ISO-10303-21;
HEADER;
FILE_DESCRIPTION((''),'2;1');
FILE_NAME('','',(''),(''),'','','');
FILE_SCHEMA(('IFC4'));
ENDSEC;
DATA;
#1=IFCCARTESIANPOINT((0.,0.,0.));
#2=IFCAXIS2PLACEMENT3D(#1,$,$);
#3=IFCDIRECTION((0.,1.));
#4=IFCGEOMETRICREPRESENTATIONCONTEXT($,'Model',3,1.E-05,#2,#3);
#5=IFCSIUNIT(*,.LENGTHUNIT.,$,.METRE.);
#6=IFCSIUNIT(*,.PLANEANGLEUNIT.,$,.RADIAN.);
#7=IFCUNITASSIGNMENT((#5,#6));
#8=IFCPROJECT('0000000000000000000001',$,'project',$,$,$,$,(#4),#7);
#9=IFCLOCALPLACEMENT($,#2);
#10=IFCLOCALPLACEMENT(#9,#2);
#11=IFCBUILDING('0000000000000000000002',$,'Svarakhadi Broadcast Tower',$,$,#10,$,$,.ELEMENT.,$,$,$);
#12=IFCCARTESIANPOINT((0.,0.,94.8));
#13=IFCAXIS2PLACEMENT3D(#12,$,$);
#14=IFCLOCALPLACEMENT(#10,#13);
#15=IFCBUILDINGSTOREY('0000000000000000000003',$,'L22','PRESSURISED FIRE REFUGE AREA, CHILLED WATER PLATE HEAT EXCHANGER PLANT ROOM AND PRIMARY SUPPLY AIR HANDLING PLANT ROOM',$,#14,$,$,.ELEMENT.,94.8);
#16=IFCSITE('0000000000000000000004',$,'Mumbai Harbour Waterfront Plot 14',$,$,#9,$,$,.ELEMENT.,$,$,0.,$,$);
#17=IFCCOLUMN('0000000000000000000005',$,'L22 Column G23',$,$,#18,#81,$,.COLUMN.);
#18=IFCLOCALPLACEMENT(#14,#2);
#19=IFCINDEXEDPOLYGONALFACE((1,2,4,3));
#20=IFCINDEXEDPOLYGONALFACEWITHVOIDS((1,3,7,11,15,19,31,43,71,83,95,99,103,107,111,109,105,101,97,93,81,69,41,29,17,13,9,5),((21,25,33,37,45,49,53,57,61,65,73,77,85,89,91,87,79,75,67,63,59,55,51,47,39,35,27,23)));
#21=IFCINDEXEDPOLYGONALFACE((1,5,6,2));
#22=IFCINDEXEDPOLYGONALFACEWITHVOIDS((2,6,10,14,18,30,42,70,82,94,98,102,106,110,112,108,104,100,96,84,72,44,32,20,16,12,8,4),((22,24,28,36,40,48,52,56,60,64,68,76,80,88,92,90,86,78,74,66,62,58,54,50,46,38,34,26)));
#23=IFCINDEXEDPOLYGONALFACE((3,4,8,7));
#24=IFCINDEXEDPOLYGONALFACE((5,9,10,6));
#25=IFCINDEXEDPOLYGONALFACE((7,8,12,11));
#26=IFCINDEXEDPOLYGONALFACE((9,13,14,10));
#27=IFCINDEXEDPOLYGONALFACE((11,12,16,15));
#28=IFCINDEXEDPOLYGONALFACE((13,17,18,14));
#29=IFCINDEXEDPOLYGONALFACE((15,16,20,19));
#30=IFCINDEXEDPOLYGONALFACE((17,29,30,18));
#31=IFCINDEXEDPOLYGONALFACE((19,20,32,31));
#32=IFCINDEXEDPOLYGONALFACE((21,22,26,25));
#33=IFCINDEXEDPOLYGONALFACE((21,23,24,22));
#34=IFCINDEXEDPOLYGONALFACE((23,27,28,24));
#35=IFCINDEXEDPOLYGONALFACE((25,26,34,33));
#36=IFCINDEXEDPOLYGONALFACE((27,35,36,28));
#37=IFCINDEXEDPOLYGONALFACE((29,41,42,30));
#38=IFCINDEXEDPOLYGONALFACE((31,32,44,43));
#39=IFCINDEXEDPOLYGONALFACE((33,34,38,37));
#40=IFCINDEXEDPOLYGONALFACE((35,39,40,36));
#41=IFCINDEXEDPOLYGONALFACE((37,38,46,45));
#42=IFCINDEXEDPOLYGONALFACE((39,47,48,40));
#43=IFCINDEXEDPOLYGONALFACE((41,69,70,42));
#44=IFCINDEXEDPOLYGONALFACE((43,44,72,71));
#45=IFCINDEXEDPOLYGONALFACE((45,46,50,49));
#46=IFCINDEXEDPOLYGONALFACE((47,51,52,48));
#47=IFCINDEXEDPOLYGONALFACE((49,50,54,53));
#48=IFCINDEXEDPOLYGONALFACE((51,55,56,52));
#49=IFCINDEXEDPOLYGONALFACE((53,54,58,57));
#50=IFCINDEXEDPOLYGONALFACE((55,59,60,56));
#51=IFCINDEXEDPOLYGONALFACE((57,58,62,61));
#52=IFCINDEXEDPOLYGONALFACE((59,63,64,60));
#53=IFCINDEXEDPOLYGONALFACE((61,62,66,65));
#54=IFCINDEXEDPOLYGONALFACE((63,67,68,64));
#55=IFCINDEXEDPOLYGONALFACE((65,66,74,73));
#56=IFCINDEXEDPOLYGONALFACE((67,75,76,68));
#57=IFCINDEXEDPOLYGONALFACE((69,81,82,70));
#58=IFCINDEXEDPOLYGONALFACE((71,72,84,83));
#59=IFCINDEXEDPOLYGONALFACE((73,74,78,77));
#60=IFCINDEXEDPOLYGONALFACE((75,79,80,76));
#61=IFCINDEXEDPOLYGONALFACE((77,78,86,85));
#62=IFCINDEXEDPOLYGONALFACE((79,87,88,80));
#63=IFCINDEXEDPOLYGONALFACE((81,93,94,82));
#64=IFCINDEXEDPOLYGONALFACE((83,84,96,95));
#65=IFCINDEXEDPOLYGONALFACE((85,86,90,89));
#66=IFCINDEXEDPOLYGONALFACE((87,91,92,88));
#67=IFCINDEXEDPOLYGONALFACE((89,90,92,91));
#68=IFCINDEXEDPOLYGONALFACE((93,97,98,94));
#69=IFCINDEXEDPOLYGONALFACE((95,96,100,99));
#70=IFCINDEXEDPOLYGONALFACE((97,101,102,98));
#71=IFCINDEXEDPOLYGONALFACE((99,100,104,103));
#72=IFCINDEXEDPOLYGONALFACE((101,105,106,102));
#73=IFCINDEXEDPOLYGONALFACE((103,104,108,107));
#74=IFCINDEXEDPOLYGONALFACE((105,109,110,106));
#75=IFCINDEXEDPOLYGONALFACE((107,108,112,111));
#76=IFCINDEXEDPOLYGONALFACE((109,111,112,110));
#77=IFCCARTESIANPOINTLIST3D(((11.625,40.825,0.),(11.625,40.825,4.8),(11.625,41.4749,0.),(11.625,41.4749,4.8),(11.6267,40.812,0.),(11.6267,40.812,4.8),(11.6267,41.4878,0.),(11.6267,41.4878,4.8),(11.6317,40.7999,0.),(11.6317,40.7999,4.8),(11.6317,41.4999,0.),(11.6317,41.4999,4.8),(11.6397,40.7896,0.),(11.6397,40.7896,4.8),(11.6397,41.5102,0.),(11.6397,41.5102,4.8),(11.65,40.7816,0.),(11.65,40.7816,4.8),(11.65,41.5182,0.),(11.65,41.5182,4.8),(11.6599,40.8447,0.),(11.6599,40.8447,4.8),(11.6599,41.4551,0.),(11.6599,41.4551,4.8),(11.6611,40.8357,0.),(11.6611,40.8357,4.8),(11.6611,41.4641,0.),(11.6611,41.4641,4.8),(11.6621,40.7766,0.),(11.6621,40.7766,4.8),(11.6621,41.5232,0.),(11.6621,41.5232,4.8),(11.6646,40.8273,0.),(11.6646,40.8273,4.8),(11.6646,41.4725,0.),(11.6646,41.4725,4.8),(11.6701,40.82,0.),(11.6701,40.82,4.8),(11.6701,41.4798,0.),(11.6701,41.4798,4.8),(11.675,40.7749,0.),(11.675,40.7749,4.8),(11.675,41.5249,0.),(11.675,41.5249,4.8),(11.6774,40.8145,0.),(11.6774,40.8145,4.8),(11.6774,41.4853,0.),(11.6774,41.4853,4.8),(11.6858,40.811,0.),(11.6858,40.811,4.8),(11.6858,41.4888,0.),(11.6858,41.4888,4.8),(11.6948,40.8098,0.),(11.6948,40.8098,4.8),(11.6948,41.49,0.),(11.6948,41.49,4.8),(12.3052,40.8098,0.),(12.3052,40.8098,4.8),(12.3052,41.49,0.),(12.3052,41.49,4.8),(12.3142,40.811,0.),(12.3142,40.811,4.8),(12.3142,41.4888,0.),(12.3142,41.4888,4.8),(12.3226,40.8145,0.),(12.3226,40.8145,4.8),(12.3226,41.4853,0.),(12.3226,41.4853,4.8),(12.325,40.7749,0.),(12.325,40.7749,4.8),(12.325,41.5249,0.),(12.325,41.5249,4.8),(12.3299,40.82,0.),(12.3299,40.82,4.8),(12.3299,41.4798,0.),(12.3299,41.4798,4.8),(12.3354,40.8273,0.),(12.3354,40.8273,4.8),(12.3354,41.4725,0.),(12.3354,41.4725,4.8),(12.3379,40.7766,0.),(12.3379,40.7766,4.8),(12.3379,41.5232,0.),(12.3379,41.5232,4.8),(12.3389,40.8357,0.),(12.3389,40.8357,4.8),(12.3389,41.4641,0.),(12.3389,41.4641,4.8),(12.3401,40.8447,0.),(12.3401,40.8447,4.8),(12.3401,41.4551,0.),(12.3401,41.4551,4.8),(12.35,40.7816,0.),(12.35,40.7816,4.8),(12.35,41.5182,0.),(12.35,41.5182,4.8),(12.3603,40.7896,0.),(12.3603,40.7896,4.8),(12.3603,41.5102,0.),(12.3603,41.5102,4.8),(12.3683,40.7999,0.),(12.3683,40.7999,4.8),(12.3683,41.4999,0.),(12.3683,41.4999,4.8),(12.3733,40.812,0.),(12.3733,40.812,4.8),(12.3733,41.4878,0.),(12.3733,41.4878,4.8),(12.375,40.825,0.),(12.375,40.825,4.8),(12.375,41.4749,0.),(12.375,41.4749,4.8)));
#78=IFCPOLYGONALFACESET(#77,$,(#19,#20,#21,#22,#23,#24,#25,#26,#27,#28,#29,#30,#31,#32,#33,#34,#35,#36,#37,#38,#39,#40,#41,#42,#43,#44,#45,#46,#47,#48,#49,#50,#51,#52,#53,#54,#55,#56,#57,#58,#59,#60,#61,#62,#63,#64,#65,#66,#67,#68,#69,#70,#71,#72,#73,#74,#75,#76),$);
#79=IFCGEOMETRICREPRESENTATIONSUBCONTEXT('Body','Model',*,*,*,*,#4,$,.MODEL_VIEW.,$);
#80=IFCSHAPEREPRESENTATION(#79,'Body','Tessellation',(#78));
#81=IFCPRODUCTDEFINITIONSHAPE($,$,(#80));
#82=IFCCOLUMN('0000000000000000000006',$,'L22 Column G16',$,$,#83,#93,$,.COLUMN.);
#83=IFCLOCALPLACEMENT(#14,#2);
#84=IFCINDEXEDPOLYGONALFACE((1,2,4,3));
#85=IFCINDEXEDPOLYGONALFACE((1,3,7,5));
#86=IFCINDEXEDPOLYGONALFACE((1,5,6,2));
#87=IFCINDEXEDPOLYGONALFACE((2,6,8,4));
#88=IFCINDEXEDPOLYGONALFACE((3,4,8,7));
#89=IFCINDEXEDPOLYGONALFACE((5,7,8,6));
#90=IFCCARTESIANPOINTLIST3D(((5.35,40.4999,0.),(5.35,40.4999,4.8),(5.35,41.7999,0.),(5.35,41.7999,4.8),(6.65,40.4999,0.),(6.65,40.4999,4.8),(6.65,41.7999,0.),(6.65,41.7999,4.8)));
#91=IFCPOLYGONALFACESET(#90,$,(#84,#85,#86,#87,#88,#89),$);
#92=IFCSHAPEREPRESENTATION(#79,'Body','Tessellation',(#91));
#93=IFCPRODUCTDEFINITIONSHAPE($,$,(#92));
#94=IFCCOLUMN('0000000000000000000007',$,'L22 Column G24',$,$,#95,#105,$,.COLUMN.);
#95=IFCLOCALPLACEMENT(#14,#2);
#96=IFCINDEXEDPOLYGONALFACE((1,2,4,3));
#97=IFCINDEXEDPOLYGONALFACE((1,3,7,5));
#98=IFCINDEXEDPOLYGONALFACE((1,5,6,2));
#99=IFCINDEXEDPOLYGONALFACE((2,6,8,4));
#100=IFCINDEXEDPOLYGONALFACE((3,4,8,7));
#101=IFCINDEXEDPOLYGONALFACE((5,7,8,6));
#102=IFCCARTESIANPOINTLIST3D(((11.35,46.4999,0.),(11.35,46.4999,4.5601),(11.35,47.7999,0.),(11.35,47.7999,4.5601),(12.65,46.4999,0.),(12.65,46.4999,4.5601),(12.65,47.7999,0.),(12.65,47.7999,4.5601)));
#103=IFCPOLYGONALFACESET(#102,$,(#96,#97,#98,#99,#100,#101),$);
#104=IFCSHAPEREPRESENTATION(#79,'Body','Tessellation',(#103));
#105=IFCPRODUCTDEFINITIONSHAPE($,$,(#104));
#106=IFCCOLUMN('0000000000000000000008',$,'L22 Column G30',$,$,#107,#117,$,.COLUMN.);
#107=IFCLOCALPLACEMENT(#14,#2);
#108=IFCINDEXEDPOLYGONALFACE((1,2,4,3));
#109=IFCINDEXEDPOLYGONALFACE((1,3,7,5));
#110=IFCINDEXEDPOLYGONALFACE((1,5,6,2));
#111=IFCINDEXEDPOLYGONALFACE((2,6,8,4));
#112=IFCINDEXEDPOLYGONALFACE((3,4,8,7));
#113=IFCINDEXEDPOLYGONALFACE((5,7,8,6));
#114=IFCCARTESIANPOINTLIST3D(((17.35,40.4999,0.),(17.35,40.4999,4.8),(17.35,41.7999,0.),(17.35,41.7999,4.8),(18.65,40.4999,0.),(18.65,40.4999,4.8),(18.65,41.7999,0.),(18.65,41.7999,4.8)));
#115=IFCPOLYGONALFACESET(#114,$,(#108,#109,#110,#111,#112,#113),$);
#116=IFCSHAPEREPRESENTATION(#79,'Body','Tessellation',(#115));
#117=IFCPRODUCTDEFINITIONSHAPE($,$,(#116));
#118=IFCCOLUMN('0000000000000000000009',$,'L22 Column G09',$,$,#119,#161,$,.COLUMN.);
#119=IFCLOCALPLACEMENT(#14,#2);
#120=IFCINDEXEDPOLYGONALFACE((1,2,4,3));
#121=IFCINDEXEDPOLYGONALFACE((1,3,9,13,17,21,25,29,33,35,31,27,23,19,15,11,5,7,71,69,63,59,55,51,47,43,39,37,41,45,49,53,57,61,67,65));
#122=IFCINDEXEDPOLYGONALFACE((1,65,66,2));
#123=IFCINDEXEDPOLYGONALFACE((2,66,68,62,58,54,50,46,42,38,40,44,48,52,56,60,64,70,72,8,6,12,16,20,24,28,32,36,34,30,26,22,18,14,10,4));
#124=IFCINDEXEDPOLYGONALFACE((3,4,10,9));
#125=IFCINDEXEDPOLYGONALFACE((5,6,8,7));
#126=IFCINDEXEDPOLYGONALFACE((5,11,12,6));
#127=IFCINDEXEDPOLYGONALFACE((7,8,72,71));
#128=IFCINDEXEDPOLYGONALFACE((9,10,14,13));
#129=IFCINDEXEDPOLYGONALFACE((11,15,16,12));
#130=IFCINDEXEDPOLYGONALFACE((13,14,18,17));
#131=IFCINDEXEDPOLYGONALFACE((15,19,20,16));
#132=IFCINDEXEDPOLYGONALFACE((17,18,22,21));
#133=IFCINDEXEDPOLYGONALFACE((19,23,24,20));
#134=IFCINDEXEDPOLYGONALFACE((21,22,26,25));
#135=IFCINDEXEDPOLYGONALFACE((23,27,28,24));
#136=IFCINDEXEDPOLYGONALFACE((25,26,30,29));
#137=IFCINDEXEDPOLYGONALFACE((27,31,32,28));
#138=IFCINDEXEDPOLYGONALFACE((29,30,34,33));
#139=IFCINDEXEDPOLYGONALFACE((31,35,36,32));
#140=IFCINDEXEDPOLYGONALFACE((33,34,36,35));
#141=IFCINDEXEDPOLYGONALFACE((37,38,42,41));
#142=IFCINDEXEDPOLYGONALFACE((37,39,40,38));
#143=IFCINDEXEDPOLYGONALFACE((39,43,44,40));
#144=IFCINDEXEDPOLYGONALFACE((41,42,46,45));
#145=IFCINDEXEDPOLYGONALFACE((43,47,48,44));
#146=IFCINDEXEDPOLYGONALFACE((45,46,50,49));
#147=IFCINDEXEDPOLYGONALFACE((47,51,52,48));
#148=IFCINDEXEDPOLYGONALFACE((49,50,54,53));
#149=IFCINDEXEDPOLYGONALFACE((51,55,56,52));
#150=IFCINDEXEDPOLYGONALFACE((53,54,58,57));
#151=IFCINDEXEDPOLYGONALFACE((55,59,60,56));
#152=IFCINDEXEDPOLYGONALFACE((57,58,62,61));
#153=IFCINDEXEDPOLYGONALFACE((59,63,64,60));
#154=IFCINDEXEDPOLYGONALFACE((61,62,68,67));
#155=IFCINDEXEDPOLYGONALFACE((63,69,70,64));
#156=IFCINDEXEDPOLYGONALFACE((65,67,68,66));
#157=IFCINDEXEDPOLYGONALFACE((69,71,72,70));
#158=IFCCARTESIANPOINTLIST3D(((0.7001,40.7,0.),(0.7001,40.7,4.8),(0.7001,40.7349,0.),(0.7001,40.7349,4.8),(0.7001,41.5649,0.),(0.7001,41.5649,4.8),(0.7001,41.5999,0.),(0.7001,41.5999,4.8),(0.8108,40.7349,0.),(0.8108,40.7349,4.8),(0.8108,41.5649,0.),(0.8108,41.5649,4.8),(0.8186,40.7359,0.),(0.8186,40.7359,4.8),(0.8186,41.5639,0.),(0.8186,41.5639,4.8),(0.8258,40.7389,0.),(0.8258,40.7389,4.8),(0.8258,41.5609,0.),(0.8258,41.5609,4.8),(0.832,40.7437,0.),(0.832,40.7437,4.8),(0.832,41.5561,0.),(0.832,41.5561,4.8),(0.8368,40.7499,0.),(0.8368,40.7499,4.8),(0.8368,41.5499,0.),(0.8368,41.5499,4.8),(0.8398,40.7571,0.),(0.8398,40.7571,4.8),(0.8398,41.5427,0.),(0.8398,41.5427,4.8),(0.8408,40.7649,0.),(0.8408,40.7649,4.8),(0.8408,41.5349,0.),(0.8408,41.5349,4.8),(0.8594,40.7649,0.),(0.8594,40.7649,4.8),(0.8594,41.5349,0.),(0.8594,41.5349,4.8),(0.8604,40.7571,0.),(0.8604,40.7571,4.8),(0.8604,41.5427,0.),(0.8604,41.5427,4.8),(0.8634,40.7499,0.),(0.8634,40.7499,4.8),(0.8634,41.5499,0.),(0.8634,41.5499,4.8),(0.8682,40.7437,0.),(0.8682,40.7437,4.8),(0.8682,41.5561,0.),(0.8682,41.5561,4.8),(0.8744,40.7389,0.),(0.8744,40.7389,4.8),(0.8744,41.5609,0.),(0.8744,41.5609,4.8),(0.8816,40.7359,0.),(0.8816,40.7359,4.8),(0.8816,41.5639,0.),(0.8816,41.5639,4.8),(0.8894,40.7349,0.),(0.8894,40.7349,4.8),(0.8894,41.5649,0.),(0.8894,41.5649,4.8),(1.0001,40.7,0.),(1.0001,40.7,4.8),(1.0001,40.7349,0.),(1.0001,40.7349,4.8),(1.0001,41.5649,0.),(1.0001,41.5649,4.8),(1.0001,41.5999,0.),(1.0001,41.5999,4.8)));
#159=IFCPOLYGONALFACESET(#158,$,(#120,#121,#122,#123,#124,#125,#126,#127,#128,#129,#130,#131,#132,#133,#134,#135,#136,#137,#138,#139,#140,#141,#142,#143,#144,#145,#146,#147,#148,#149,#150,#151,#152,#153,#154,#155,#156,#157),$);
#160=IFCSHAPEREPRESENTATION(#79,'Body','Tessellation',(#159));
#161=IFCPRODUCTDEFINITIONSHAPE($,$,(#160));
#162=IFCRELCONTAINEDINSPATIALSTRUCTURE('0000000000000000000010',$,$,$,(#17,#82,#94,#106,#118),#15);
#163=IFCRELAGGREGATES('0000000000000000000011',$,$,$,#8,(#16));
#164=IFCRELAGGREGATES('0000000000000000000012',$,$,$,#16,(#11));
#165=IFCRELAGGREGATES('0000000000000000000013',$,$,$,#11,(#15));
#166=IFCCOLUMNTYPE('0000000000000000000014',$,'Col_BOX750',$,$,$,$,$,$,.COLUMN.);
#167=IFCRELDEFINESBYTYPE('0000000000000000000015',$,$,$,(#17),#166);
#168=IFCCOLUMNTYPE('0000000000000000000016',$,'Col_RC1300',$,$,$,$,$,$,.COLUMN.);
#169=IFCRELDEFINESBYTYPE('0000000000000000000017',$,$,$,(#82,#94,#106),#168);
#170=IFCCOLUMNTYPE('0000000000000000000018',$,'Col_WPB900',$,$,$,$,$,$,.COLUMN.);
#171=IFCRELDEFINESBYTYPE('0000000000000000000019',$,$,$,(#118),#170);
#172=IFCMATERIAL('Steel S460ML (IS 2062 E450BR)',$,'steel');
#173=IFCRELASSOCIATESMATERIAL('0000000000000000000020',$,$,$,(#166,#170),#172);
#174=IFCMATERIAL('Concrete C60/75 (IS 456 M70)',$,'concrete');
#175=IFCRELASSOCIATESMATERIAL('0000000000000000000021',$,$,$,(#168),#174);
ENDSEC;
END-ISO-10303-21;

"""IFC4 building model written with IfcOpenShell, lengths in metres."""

from ifc_helpers import new_model, si_unit, direction, frame, origin, origin_2d, place, context, subcontext, project, spatial, rectangle, hollow_rectangle, i_section, extrude, material, material_profile, profile_set, type_object, element, save


model = new_model("IFC4")

# Units and contexts
model_context = context("Model", 3, precision=1e-05, world=origin(), true_north=direction((0.0, 1.0)))
body_context = subcontext(model_context, "Body", "Model", "MODEL_VIEW")
ifc_project = project(units=[si_unit("LENGTHUNIT", "METRE"), si_unit("PLANEANGLEUNIT", "RADIAN")], contexts=[model_context])

# Site, building, storey
site_placement = place(None, origin())
site = spatial("IfcSite", under=ifc_project, at=site_placement, Name="Mumbai Harbour Waterfront Plot 14", CompositionType="ELEMENT", RefElevation=0.0)
building_placement = place(site_placement, origin())
building = spatial("IfcBuilding", under=site, at=building_placement, Name="Svarakhadi Broadcast Tower", CompositionType="ELEMENT")
storey_placement = place(building_placement, frame((0.0, 0.0, 94.8)))
storey = spatial("IfcBuildingStorey", under=building, at=storey_placement, Name="L22", Description="PRESSURISED FIRE REFUGE AREA, CHILLED WATER PLATE HEAT EXCHANGER PLANT ROOM AND PRIMARY SUPPLY AIR HANDLING PLANT ROOM", CompositionType="ELEMENT", Elevation=94.8)

# Columns
ifc_material_1 = material(Name="Steel S460ML (IS 2062 E450BR)", Category="steel")
ifc_material_profile_1 = material_profile(ifc_material_1, hollow_rectangle(XDim=0.75, YDim=0.75, WallThickness=0.0349, InnerFilletRadius=0.0349, OuterFilletRadius=0.05, at=origin_2d()), Name="BOX 750x750x35")
ifc_profile_set_1 = profile_set([ifc_material_profile_1], Name="Steel S460ML (IS 2062 E450BR)")
column_type_1 = type_object("IfcColumnType", Name="Col_BOX750", PredefinedType="COLUMN", material=ifc_profile_set_1)
column_1_placement = place(storey_placement, frame((12.0, 41.1499, 0.0), z_axis=(0.0, 0.0, 1.0), x_axis=(1.0, 0.0, 0.0)))
element("IfcColumn", 1, at=column_1_placement, inside=storey, type_object=column_type_1, Name="L22 Column G23", PredefinedType="COLUMN", context=body_context, shape_type="SweptSolid", body=[
    extrude(hollow_rectangle(XDim=0.75, YDim=0.75, WallThickness=0.0349, InnerFilletRadius=0.0349, OuterFilletRadius=0.05, at=origin_2d()), origin(), (0.0, 0.0, 1.0), 4.8),
])
ifc_material_2 = material(Name="Concrete C60/75 (IS 456 M70)", Category="concrete")
ifc_material_profile_2 = material_profile(ifc_material_2, rectangle(XDim=1.3, YDim=1.3, at=origin_2d()), Name="RC 1300x1300")
ifc_profile_set_2 = profile_set([ifc_material_profile_2], Name="Concrete C60/75 (IS 456 M70)")
column_type_2 = type_object("IfcColumnType", Name="Col_RC1300", PredefinedType="COLUMN", material=ifc_profile_set_2)
column_2_placement = place(storey_placement, frame((6.0, 41.1499, 0.0), z_axis=(0.0, 0.0, 1.0), x_axis=(1.0, 0.0, 0.0)))
element("IfcColumn", 2, at=column_2_placement, inside=storey, type_object=column_type_2, Name="L22 Column G16", PredefinedType="COLUMN", context=body_context, shape_type="SweptSolid", body=[
    extrude(rectangle(XDim=1.3, YDim=1.3, at=origin_2d()), origin(), (0.0, 0.0, 1.0), 4.8),
])
column_3_placement = place(storey_placement, frame((12.0, 47.1499, 0.0), z_axis=(0.0, 0.0, 1.0), x_axis=(1.0, 0.0, 0.0)))
element("IfcColumn", 3, at=column_3_placement, inside=storey, type_object=column_type_2, Name="L22 Column G24", PredefinedType="COLUMN", context=body_context, shape_type="SweptSolid", body=[
    extrude(rectangle(XDim=1.3, YDim=1.3, at=origin_2d()), origin(), (0.0, 0.0, 1.0), 4.5601),
])
column_4_placement = place(storey_placement, frame((18.0, 41.1499, 0.0), z_axis=(0.0, 0.0, 1.0), x_axis=(1.0, 0.0, 0.0)))
element("IfcColumn", 4, at=column_4_placement, inside=storey, type_object=column_type_2, Name="L22 Column G30", PredefinedType="COLUMN", context=body_context, shape_type="SweptSolid", body=[
    extrude(rectangle(XDim=1.3, YDim=1.3, at=origin_2d()), origin(), (0.0, 0.0, 1.0), 4.8),
])
ifc_material_profile_3 = material_profile(ifc_material_1, i_section(OverallWidth=0.3, OverallDepth=0.8999, WebThickness=0.0186, FlangeThickness=0.0349, FilletRadius=0.03, at=origin_2d()), Name="WPB 900x300x291")
ifc_profile_set_3 = profile_set([ifc_material_profile_3], Name="Steel S460ML (IS 2062 E450BR)")
column_type_3 = type_object("IfcColumnType", Name="Col_WPB900", PredefinedType="COLUMN", material=ifc_profile_set_3)
column_5_placement = place(storey_placement, frame((0.8501, 41.1499, 0.0), z_axis=(0.0, 0.0, 1.0), x_axis=(1.0, 0.0, 0.0)))
element("IfcColumn", 5, at=column_5_placement, inside=storey, type_object=column_type_3, Name="L22 Column G09", PredefinedType="COLUMN", context=body_context, shape_type="SweptSolid", body=[
    extrude(i_section(OverallWidth=0.3, OverallDepth=0.8999, WebThickness=0.0186, FlangeThickness=0.0349, FilletRadius=0.03, at=origin_2d()), origin(), (0.0, 0.0, 1.0), 4.8),
])

save(model, "model.ifc")
